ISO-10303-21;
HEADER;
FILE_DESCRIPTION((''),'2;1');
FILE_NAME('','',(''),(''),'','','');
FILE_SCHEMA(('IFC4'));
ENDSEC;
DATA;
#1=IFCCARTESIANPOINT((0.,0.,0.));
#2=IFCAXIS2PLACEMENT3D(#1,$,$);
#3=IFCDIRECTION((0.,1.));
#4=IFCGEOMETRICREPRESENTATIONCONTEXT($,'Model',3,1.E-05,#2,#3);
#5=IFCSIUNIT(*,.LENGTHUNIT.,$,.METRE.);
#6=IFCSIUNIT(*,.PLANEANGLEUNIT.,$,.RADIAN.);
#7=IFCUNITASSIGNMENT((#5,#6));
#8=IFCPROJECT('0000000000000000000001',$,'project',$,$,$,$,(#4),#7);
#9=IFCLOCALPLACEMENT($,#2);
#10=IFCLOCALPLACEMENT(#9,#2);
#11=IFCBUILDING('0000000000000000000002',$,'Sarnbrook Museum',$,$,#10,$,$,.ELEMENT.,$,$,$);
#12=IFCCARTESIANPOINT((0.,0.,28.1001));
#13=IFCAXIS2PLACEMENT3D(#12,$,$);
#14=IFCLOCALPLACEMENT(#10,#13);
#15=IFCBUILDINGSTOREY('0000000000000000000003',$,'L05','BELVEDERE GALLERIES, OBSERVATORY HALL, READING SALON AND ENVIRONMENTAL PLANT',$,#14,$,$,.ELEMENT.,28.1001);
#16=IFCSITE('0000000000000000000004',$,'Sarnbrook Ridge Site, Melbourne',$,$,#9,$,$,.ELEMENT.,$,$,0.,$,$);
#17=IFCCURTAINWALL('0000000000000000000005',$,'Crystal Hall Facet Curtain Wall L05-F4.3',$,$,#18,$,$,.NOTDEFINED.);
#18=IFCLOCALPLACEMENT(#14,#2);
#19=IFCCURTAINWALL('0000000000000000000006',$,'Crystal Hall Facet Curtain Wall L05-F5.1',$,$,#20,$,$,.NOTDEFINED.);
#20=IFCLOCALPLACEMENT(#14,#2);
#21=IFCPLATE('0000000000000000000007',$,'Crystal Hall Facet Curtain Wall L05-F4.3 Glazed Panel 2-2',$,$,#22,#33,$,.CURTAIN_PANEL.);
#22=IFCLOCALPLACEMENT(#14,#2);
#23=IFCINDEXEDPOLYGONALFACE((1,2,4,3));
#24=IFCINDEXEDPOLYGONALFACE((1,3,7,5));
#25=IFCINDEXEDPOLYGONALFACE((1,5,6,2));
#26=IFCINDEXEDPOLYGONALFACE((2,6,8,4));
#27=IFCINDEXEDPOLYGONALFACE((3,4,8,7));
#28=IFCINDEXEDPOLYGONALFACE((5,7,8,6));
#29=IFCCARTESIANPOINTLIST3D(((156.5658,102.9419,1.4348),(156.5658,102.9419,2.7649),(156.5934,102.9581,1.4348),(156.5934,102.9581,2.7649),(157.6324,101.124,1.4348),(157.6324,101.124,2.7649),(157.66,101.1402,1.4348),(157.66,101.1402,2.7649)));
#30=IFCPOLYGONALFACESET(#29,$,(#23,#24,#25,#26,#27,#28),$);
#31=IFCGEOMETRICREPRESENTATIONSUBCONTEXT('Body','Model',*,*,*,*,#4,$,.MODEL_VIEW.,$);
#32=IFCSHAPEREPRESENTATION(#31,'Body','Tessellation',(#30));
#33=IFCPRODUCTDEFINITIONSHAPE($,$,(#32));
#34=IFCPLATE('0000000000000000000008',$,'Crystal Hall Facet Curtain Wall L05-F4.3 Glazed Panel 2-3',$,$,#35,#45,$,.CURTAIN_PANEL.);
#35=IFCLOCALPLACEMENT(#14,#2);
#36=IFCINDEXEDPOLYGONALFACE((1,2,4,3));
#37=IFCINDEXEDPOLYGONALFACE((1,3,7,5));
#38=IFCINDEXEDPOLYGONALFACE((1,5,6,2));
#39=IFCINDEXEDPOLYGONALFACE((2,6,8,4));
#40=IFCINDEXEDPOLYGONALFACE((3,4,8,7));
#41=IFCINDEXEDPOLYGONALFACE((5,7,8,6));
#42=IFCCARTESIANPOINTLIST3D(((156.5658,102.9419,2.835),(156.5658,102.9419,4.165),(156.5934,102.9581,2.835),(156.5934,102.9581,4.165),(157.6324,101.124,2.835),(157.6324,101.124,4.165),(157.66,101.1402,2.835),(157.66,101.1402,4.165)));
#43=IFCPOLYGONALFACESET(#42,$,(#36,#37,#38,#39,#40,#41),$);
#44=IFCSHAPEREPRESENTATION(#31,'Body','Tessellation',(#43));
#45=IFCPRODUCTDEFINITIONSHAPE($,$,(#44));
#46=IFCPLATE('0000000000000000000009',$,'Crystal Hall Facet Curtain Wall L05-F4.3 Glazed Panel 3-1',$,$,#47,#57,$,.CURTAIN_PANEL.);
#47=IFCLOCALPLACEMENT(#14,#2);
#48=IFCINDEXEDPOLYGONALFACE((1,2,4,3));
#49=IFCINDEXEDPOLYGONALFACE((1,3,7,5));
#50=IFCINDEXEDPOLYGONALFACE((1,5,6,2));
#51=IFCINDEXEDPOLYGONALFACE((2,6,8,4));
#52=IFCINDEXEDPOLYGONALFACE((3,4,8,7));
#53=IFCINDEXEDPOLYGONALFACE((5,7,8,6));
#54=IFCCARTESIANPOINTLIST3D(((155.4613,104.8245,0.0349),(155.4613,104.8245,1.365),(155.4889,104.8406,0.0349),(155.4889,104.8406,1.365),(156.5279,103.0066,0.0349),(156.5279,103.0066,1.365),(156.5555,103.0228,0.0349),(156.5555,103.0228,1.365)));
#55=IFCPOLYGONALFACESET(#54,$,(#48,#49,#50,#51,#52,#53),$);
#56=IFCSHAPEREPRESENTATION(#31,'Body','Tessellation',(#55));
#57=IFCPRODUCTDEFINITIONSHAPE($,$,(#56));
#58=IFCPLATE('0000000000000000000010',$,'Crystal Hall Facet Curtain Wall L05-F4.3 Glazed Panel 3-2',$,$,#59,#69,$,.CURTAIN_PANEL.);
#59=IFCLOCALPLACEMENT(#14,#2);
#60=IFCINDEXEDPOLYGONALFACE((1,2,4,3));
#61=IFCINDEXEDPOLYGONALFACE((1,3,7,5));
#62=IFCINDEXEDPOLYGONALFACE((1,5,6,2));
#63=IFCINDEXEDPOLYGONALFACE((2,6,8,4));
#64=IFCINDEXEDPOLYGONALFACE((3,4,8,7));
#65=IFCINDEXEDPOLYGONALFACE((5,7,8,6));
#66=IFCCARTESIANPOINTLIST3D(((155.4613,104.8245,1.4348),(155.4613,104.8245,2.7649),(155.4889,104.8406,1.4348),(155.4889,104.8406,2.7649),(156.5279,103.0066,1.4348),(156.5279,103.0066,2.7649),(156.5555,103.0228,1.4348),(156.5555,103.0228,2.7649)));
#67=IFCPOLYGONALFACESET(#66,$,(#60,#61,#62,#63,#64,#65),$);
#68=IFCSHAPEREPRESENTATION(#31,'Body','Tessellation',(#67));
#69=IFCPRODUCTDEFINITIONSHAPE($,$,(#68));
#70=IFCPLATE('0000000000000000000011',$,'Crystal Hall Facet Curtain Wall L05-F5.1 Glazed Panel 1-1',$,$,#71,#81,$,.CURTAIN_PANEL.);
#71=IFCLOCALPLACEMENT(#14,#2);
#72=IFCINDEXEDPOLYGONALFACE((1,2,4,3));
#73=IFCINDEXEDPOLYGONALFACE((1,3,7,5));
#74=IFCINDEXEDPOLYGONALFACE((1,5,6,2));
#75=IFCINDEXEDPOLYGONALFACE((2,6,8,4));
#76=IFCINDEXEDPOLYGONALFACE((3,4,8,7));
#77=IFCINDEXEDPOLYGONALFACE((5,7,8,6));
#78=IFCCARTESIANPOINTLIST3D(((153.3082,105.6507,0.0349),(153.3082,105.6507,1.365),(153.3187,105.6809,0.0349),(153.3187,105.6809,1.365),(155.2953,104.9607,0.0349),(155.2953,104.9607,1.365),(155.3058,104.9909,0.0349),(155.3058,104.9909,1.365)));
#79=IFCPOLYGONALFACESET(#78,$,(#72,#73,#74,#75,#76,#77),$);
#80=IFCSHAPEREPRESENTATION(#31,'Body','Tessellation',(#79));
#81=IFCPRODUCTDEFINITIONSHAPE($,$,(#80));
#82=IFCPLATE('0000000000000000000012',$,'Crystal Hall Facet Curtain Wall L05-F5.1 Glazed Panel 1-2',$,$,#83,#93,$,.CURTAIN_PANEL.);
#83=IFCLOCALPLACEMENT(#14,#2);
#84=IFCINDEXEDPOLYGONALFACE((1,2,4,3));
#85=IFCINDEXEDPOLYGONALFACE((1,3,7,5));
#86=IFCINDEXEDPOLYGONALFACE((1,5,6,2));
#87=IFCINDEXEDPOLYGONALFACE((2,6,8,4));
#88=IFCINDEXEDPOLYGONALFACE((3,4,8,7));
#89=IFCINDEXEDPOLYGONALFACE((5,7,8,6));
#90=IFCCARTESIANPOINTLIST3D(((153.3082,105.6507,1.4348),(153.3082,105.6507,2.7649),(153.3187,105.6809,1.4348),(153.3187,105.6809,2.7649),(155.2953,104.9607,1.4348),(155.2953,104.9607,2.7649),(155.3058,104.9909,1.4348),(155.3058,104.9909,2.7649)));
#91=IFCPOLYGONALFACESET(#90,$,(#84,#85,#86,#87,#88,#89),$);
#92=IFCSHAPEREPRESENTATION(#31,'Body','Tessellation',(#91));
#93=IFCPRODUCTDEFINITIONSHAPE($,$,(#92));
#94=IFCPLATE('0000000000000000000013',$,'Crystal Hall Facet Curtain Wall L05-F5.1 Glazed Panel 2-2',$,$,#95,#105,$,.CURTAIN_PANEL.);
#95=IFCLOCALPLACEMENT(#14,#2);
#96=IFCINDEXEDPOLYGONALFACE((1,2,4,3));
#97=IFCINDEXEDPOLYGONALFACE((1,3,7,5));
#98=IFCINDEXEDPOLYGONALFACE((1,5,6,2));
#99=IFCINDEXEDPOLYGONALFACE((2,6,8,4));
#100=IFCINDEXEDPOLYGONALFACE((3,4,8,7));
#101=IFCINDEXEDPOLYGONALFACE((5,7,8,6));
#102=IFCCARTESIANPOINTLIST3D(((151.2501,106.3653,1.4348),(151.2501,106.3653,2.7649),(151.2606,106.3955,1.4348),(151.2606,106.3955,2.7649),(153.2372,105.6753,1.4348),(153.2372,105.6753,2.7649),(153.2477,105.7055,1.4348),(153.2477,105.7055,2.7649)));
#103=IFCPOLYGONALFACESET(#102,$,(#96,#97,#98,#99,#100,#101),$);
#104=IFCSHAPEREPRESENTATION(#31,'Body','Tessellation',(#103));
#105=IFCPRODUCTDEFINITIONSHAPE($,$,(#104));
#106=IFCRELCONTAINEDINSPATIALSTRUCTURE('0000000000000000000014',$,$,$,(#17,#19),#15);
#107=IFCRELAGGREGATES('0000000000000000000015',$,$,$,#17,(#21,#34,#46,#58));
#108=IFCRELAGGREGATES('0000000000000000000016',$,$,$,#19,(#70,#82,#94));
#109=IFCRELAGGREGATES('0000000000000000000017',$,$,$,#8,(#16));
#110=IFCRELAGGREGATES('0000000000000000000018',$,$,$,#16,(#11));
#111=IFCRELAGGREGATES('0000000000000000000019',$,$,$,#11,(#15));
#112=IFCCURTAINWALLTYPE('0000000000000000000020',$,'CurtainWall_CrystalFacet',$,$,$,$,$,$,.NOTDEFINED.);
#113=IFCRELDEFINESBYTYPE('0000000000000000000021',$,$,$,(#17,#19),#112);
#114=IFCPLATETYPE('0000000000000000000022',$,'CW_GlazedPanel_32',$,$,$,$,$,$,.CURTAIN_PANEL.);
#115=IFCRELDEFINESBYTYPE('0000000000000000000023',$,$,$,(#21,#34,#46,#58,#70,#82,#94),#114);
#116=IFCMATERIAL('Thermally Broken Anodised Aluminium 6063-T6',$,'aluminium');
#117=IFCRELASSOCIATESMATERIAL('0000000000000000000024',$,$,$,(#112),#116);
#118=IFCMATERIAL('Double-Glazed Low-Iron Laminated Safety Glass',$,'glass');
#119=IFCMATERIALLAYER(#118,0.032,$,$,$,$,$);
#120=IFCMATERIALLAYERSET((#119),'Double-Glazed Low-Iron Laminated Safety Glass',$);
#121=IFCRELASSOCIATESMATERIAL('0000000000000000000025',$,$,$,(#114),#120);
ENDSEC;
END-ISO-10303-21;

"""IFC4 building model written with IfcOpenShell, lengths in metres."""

from ifc_helpers import new_model, si_unit, direction, frame, origin, origin_2d, place, context, subcontext, project, spatial, rectangle, extrude, material, layer, layer_set, type_object, element, aggregate, save


model = new_model("IFC4")

# Units and contexts
model_context = context("Model", 3, precision=1e-05, world=origin(), true_north=direction((0.0, 1.0)))
body_context = subcontext(model_context, "Body", "Model", "MODEL_VIEW")
ifc_project = project(units=[si_unit("LENGTHUNIT", "METRE"), si_unit("PLANEANGLEUNIT", "RADIAN")], contexts=[model_context])

# Site, building, storey
site_placement = place(None, origin())
site = spatial("IfcSite", under=ifc_project, at=site_placement, Name="Sarnbrook Ridge Site, Melbourne", CompositionType="ELEMENT", RefElevation=0.0)
building_placement = place(site_placement, origin())
building = spatial("IfcBuilding", under=site, at=building_placement, Name="Sarnbrook Museum", CompositionType="ELEMENT")
storey_placement = place(building_placement, frame((0.0, 0.0, 28.1001)))
storey = spatial("IfcBuildingStorey", under=building, at=storey_placement, Name="L05", Description="BELVEDERE GALLERIES, OBSERVATORY HALL, READING SALON AND ENVIRONMENTAL PLANT", CompositionType="ELEMENT", Elevation=28.1001)

# Curtain walls
ifc_material_1 = material(Name="Thermally Broken Anodised Aluminium 6063-T6", Category="aluminium")
curtain_wall_type = type_object("IfcCurtainWallType", Name="CurtainWall_CrystalFacet", PredefinedType="NOTDEFINED", material=ifc_material_1)
curtain_wall_1_placement = place(storey_placement, origin())
curtain_wall_1 = element("IfcCurtainWall", 1, at=curtain_wall_1_placement, inside=storey, type_object=curtain_wall_type, Name="Crystal Hall Facet Curtain Wall L05-F4.3", PredefinedType="NOTDEFINED")
curtain_wall_2_placement = place(storey_placement, origin())
curtain_wall_2 = element("IfcCurtainWall", 2, at=curtain_wall_2_placement, inside=storey, type_object=curtain_wall_type, Name="Crystal Hall Facet Curtain Wall L05-F5.1", PredefinedType="NOTDEFINED")

# Plates
ifc_material_2 = material(Name="Double-Glazed Low-Iron Laminated Safety Glass", Category="glass")
ifc_layer = layer(ifc_material_2, 0.032)
ifc_layer_set = layer_set([ifc_layer], Name="Double-Glazed Low-Iron Laminated Safety Glass")
plate_type = type_object("IfcPlateType", Name="CW_GlazedPanel_32", PredefinedType="CURTAIN_PANEL", material=ifc_layer_set)
plate_1_placement = place(storey_placement, frame((157.0991, 102.033, 2.0999), z_axis=(0.8625, 0.506057, 0.0), x_axis=(-0.506057, 0.8625, 0.0)))
plate_1 = element("IfcPlate", 3, at=plate_1_placement, type_object=plate_type, Name="Crystal Hall Facet Curtain Wall L05-F4.3 Glazed Panel 2-2", PredefinedType="CURTAIN_PANEL", context=body_context, shape_type="SweptSolid", body=[
    extrude(rectangle(XDim=2.1077, YDim=1.3301, at=origin_2d()), origin(), (0.0, 0.0, 1.0), 0.032),
])
plate_2_placement = place(storey_placement, frame((157.0991, 102.033, 3.5), z_axis=(0.8625, 0.506057, 0.0), x_axis=(-0.506057, 0.8625, 0.0)))
plate_2 = element("IfcPlate", 4, at=plate_2_placement, type_object=plate_type, Name="Crystal Hall Facet Curtain Wall L05-F4.3 Glazed Panel 2-3", PredefinedType="CURTAIN_PANEL", context=body_context, shape_type="SweptSolid", body=[
    extrude(rectangle(XDim=2.1077, YDim=1.3301, at=origin_2d()), origin(), (0.0, 0.0, 1.0), 0.032),
])
plate_3_placement = place(storey_placement, frame((155.9946, 103.9155, 0.7), z_axis=(0.8625, 0.506057, 0.0), x_axis=(-0.506057, 0.8625, 0.0)))
plate_3 = element("IfcPlate", 5, at=plate_3_placement, type_object=plate_type, Name="Crystal Hall Facet Curtain Wall L05-F4.3 Glazed Panel 3-1", PredefinedType="CURTAIN_PANEL", context=body_context, shape_type="SweptSolid", body=[
    extrude(rectangle(XDim=2.1077, YDim=1.3301, at=origin_2d()), origin(), (0.0, 0.0, 1.0), 0.032),
])
plate_4_placement = place(storey_placement, frame((155.9946, 103.9155, 2.0999), z_axis=(0.8625, 0.506057, 0.0), x_axis=(-0.506057, 0.8625, 0.0)))
plate_4 = element("IfcPlate", 6, at=plate_4_placement, type_object=plate_type, Name="Crystal Hall Facet Curtain Wall L05-F4.3 Glazed Panel 3-2", PredefinedType="CURTAIN_PANEL", context=body_context, shape_type="SweptSolid", body=[
    extrude(rectangle(XDim=2.1077, YDim=1.3301, at=origin_2d()), origin(), (0.0, 0.0, 1.0), 0.032),
])
aggregate(curtain_wall_1, [plate_1, plate_2, plate_3, plate_4])
plate_5_placement = place(storey_placement, frame((154.3018, 105.3057, 0.7), z_axis=(0.328015, 0.944673, 0.0), x_axis=(-0.944673, 0.328015, 0.0)))
plate_5 = element("IfcPlate", 7, at=plate_5_placement, type_object=plate_type, Name="Crystal Hall Facet Curtain Wall L05-F5.1 Glazed Panel 1-1", PredefinedType="CURTAIN_PANEL", context=body_context, shape_type="SweptSolid", body=[
    extrude(rectangle(XDim=2.1035, YDim=1.3301, at=origin_2d()), origin(), (0.0, 0.0, 1.0), 0.032),
])
plate_6_placement = place(storey_placement, frame((154.3018, 105.3057, 2.0999), z_axis=(0.328015, 0.944673, 0.0), x_axis=(-0.944673, 0.328015, 0.0)))
plate_6 = element("IfcPlate", 8, at=plate_6_placement, type_object=plate_type, Name="Crystal Hall Facet Curtain Wall L05-F5.1 Glazed Panel 1-2", PredefinedType="CURTAIN_PANEL", context=body_context, shape_type="SweptSolid", body=[
    extrude(rectangle(XDim=2.1035, YDim=1.3301, at=origin_2d()), origin(), (0.0, 0.0, 1.0), 0.032),
])
plate_7_placement = place(storey_placement, frame((152.2437, 106.0203, 2.0999), z_axis=(0.328015, 0.944673, 0.0), x_axis=(-0.944673, 0.328015, 0.0)))
plate_7 = element("IfcPlate", 9, at=plate_7_placement, type_object=plate_type, Name="Crystal Hall Facet Curtain Wall L05-F5.1 Glazed Panel 2-2", PredefinedType="CURTAIN_PANEL", context=body_context, shape_type="SweptSolid", body=[
    extrude(rectangle(XDim=2.1035, YDim=1.3301, at=origin_2d()), origin(), (0.0, 0.0, 1.0), 0.032),
])
aggregate(curtain_wall_2, [plate_5, plate_6, plate_7])

save(model, "model.ifc")
